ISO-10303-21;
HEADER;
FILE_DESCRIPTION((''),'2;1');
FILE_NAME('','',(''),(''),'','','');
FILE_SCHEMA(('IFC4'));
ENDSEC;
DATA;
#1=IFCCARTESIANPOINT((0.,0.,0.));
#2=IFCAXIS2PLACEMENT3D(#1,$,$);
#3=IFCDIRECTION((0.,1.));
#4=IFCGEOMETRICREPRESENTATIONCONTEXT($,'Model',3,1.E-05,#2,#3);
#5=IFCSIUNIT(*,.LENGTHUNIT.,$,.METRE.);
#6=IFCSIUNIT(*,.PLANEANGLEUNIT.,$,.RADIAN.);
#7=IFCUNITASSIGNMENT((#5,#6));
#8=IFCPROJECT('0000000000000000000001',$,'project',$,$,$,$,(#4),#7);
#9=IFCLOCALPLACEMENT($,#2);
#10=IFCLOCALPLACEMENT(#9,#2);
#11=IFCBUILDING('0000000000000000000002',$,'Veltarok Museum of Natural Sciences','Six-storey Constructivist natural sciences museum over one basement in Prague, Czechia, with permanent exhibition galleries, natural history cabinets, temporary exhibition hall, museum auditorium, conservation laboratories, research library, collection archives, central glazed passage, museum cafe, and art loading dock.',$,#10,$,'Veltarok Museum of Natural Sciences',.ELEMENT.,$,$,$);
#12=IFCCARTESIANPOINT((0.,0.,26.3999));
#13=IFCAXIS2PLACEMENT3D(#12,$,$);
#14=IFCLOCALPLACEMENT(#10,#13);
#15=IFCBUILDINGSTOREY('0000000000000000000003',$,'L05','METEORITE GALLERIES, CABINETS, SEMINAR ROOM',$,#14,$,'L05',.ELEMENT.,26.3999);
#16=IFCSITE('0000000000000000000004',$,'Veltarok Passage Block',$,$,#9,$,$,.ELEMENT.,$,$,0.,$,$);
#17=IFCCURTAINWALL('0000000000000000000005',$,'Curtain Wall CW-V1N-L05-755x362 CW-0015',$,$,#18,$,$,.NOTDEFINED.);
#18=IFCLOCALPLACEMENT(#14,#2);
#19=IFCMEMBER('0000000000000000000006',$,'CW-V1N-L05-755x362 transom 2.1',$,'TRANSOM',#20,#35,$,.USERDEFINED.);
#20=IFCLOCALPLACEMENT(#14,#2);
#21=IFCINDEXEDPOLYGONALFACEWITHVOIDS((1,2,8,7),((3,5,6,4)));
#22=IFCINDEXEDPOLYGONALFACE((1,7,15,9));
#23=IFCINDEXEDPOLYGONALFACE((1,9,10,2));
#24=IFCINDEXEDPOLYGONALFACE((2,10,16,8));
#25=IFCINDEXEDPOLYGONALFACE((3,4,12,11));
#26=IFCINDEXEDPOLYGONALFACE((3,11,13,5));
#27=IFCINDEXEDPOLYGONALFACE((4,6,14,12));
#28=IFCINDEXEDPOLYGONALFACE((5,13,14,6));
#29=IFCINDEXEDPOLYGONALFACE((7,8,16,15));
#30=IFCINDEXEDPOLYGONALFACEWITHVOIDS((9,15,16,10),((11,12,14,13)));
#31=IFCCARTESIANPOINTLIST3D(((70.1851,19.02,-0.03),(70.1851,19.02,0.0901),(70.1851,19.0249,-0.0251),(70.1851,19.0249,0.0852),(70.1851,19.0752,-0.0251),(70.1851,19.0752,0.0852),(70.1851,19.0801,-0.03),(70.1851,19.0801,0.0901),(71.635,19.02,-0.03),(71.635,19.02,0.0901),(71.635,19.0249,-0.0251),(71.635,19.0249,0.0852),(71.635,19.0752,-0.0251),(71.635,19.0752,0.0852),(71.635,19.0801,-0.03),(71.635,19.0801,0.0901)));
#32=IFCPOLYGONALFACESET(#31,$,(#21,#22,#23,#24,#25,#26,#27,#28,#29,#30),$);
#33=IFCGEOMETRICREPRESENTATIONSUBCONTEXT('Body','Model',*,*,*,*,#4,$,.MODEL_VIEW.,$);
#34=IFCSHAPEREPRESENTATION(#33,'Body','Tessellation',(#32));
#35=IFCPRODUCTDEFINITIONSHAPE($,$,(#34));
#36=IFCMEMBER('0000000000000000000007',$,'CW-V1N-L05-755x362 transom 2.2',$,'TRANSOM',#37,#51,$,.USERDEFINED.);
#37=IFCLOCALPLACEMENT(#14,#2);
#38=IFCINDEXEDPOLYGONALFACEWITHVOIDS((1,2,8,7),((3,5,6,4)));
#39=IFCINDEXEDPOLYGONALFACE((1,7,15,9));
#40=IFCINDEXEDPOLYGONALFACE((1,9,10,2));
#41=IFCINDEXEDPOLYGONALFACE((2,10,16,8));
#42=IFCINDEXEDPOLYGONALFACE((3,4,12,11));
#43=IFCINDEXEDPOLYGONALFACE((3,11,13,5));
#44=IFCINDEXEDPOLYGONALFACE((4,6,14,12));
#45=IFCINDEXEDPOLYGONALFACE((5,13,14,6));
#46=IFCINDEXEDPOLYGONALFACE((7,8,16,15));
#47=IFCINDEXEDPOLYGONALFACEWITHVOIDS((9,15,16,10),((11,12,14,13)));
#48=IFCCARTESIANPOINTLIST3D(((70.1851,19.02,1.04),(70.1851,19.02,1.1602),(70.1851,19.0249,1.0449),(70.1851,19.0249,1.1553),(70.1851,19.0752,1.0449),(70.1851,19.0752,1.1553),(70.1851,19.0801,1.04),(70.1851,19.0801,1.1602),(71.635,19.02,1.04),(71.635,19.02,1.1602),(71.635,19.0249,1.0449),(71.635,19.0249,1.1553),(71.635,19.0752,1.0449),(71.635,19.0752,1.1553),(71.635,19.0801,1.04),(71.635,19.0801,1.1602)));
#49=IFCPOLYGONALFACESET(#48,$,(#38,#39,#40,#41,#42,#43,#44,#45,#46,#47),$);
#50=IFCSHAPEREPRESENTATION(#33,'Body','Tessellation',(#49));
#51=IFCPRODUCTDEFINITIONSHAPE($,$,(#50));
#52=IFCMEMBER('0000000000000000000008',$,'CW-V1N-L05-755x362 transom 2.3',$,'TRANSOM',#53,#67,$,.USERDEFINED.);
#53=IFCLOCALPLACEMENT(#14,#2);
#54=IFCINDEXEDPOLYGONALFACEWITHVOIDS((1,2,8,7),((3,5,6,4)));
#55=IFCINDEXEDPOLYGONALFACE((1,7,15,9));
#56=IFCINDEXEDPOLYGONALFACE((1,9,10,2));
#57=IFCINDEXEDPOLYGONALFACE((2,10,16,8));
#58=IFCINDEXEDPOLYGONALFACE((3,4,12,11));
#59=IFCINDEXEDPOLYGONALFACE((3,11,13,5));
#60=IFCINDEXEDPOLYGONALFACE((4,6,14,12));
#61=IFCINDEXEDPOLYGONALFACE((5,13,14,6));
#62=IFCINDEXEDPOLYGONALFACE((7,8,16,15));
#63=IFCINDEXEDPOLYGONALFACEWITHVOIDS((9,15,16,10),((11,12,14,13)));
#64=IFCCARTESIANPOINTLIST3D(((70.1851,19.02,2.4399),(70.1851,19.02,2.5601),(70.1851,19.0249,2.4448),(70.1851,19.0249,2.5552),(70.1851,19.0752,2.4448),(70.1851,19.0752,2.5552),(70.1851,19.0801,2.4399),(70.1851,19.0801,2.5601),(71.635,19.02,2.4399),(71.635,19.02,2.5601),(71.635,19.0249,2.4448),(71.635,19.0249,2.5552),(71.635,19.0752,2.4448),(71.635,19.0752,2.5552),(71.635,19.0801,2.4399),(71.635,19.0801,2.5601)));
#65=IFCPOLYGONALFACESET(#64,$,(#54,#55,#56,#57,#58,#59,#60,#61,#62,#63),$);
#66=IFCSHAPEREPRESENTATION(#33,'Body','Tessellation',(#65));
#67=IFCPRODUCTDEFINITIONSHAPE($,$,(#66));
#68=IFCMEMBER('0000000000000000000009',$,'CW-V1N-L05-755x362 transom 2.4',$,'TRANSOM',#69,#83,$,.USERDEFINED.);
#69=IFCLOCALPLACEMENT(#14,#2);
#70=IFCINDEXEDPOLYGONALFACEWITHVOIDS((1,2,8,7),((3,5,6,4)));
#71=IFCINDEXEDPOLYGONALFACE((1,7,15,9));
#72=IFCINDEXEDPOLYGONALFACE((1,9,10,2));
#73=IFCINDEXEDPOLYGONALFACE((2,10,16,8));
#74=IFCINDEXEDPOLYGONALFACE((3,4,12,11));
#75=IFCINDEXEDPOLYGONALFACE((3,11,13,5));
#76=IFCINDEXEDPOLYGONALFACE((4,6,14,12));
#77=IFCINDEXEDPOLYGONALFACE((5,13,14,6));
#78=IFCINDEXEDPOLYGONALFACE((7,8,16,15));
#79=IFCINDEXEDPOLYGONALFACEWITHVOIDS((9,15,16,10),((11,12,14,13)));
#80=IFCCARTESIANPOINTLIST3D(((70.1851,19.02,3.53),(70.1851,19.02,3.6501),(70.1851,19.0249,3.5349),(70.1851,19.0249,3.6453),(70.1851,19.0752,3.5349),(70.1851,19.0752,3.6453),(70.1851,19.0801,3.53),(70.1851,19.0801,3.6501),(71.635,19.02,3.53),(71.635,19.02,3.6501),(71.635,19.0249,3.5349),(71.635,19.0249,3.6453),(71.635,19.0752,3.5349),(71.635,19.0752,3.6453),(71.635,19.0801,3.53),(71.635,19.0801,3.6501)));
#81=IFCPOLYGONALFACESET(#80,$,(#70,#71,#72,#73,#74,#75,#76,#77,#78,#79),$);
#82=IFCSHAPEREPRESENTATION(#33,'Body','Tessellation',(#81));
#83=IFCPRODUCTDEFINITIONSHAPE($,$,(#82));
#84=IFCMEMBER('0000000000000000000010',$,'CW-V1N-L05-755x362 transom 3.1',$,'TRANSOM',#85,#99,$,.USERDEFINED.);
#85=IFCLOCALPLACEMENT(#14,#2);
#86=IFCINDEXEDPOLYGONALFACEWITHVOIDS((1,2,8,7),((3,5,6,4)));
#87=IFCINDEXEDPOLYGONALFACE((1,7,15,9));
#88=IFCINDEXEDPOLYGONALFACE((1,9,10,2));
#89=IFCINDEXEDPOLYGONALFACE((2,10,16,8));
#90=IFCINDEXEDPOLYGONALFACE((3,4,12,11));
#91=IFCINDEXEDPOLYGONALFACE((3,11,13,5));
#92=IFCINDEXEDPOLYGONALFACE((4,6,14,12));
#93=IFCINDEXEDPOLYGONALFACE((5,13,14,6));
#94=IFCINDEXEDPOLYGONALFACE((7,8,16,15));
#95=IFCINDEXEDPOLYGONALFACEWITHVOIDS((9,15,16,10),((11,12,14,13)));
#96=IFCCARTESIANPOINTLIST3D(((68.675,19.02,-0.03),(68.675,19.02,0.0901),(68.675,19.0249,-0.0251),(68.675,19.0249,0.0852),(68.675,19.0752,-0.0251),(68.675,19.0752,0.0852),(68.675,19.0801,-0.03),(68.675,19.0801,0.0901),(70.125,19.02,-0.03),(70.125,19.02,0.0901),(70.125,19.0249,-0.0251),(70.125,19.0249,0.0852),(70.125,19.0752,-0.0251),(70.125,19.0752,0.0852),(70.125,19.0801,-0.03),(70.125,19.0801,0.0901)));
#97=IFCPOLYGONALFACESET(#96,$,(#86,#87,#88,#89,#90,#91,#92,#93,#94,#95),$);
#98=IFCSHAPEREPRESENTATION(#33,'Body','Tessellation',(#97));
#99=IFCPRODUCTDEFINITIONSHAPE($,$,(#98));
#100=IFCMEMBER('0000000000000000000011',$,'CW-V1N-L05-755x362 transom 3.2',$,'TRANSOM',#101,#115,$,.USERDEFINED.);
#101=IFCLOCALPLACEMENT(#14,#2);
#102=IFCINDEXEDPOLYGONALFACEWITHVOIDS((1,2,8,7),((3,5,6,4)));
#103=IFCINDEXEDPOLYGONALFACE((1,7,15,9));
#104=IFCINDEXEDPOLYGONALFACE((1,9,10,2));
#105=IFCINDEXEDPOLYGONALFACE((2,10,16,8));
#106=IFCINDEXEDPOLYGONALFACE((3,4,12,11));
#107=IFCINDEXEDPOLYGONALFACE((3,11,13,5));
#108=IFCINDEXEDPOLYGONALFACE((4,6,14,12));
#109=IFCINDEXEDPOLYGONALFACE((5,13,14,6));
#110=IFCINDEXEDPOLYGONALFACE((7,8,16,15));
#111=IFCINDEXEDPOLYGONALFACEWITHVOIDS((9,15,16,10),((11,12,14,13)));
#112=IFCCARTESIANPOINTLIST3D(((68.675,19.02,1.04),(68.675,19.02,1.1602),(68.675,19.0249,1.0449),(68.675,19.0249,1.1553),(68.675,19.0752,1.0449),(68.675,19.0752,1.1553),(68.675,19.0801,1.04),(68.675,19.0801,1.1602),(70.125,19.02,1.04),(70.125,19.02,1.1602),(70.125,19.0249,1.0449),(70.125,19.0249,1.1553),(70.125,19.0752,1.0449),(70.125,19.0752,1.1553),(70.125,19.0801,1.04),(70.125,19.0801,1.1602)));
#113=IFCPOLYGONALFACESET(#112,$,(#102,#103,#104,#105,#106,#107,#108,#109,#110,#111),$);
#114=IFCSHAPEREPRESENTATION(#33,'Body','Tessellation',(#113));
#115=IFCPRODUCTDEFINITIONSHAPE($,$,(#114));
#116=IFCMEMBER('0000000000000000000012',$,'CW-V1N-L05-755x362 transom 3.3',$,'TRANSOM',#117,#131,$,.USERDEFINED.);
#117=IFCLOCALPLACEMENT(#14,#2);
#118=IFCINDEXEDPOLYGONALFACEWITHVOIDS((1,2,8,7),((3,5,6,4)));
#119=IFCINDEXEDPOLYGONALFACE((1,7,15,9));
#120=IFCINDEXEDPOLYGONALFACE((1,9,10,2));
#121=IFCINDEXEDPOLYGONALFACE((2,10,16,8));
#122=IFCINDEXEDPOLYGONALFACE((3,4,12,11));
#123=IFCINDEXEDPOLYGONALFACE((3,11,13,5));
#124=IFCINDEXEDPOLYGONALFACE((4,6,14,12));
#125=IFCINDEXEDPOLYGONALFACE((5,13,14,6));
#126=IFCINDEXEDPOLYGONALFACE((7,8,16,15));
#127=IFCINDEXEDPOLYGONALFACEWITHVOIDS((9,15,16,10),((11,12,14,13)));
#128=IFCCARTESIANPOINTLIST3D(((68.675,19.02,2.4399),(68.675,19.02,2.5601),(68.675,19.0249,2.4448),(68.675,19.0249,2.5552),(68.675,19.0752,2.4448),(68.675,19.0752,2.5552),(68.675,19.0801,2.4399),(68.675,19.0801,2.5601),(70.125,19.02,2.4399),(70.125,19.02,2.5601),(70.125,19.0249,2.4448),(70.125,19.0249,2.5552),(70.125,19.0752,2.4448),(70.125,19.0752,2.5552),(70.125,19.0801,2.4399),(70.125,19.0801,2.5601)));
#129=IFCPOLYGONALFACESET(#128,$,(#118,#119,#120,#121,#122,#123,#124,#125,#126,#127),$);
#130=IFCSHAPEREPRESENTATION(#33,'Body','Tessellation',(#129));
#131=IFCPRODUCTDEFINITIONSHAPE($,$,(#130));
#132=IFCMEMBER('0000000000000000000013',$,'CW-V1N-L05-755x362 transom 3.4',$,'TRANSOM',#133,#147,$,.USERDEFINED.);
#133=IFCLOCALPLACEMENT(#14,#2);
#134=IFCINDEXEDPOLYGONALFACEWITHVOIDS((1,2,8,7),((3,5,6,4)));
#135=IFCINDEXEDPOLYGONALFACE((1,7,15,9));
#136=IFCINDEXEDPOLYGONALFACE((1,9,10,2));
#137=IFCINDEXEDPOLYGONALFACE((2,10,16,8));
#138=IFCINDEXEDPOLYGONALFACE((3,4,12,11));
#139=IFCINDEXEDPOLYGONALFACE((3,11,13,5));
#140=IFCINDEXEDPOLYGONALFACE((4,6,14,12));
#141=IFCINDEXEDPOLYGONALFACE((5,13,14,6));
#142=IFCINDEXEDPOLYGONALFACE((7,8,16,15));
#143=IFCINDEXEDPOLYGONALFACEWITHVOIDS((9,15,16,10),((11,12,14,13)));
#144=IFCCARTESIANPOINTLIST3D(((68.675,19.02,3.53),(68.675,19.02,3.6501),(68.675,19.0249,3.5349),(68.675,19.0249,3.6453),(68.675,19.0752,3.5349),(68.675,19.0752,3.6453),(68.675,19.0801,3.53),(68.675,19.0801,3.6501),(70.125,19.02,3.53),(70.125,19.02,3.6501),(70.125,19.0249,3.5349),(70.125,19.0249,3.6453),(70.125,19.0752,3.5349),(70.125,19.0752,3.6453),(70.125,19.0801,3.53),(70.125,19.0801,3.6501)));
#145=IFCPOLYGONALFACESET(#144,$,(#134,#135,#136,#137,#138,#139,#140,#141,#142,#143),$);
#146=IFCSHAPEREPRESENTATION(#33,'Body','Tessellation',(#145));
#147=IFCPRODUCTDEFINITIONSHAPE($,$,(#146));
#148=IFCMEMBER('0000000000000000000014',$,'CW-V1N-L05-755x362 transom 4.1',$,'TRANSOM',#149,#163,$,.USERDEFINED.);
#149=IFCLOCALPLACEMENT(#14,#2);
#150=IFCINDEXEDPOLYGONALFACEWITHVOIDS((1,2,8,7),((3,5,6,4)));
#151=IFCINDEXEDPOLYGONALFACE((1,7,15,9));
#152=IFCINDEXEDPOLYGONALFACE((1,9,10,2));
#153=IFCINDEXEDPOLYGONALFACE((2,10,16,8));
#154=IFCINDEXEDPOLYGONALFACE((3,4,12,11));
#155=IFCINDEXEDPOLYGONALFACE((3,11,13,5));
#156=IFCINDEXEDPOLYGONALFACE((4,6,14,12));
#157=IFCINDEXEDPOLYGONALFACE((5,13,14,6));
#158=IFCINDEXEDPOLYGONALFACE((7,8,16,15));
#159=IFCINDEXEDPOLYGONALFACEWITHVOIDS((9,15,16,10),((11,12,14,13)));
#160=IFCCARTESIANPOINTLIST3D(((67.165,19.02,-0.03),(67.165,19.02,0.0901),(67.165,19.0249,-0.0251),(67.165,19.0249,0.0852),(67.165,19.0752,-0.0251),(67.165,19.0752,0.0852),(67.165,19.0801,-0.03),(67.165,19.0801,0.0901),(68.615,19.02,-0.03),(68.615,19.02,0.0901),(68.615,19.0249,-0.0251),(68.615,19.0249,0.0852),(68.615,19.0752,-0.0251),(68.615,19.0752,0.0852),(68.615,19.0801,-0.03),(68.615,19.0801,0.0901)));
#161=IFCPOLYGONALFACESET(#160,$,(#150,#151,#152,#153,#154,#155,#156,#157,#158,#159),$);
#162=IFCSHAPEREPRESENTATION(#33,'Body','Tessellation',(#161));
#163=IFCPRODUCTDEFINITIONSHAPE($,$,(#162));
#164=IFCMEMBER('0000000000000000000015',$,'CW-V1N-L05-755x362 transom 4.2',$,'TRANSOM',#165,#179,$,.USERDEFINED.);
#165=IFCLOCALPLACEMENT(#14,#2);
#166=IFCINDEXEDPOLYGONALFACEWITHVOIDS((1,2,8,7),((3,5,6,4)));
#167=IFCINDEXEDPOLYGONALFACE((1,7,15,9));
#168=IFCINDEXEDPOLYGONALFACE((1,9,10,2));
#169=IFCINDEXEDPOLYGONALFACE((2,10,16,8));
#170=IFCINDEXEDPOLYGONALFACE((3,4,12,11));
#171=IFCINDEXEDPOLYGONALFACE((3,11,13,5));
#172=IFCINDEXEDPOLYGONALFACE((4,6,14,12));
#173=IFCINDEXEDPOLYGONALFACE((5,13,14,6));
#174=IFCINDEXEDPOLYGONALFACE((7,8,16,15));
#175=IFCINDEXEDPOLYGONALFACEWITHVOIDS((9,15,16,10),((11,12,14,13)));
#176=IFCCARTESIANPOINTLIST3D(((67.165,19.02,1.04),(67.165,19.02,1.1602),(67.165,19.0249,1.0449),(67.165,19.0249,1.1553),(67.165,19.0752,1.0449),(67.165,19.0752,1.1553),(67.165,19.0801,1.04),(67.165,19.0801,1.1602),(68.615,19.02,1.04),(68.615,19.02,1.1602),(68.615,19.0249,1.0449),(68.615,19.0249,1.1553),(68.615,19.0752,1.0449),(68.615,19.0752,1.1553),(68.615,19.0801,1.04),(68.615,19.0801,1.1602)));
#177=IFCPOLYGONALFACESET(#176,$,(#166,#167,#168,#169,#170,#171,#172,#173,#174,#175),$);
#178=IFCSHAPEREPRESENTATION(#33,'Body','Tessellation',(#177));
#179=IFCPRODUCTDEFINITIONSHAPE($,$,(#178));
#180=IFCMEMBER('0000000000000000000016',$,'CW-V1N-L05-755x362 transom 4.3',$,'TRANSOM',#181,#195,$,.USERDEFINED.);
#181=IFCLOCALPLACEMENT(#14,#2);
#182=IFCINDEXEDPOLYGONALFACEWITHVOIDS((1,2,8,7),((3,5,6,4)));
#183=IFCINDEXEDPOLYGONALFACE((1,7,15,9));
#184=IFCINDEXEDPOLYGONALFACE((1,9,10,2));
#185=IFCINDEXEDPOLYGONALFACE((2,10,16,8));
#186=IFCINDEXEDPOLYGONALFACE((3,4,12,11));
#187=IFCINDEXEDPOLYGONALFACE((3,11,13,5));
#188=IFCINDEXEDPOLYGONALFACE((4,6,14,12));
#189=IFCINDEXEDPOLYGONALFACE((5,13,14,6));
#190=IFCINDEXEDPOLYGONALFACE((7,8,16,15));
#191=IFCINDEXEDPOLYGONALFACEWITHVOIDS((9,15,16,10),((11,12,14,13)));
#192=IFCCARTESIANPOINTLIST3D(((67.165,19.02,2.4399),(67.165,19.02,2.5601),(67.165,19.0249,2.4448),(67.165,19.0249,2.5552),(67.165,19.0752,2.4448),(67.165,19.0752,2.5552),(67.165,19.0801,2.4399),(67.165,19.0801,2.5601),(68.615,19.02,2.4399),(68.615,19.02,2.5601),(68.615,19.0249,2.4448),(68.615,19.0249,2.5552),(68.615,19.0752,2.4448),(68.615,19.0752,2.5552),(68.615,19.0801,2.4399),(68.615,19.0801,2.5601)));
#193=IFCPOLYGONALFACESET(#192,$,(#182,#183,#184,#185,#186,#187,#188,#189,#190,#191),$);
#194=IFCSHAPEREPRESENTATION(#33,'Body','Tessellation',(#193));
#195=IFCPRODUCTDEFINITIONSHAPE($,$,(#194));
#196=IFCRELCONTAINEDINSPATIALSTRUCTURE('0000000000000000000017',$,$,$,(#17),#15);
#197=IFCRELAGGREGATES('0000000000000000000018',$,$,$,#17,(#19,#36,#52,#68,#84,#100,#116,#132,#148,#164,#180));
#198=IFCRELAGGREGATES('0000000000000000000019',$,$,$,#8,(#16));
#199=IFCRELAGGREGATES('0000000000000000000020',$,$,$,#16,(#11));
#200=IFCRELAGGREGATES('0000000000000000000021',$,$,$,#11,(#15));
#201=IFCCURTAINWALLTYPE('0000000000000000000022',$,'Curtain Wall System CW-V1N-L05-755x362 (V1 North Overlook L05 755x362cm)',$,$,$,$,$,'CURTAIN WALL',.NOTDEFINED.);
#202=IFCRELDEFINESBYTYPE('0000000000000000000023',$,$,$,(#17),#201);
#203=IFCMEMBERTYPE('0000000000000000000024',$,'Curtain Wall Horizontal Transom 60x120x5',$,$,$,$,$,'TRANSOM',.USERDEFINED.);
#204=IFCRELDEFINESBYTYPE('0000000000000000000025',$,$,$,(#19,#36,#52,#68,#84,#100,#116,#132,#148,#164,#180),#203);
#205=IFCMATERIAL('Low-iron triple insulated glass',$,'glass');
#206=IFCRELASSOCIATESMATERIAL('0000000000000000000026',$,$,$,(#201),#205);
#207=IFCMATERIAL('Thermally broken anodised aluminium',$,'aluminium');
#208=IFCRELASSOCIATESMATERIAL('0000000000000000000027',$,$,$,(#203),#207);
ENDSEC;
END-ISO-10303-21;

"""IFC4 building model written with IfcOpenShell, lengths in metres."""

from ifc_helpers import new_model, si_unit, direction, frame, origin, origin_2d, place, context, subcontext, project, spatial, hollow_rectangle, extrude, material, material_profile, profile_set, type_object, element, aggregate, save


model = new_model("IFC4")

# Units and contexts
model_context = context("Model", 3, precision=1e-05, world=origin(), true_north=direction((0.0, 1.0)))
body_context = subcontext(model_context, "Body", "Model", "MODEL_VIEW")
ifc_project = project(units=[si_unit("LENGTHUNIT", "METRE"), si_unit("PLANEANGLEUNIT", "RADIAN")], contexts=[model_context])

# Site, building, storey
site_placement = place(None, origin())
site = spatial("IfcSite", under=ifc_project, at=site_placement, Name="Veltarok Passage Block", CompositionType="ELEMENT", RefElevation=0.0)
building_placement = place(site_placement, origin())
building = spatial("IfcBuilding", under=site, at=building_placement, Name="Veltarok Museum of Natural Sciences", Description="Six-storey Constructivist natural sciences museum over one basement in Prague, Czechia, with permanent exhibition galleries, natural history cabinets, temporary exhibition hall, museum auditorium, conservation laboratories, research library, collection archives, central glazed passage, museum cafe, and art loading dock.", LongName="Veltarok Museum of Natural Sciences", CompositionType="ELEMENT")
storey_placement = place(building_placement, frame((0.0, 0.0, 26.3999)))
storey = spatial("IfcBuildingStorey", under=building, at=storey_placement, Name="L05", Description="METEORITE GALLERIES, CABINETS, SEMINAR ROOM", LongName="L05", CompositionType="ELEMENT", Elevation=26.3999)

# Curtain wall, members
ifc_material_1 = material(Name="Low-iron triple insulated glass", Category="glass")
curtain_wall_type = type_object("IfcCurtainWallType", Name="Curtain Wall System CW-V1N-L05-755x362 (V1 North Overlook L05 755x362cm)", ElementType="CURTAIN WALL", PredefinedType="NOTDEFINED", material=ifc_material_1)
curtain_wall_placement = place(storey_placement, origin())
curtain_wall = element("IfcCurtainWall", 1, at=curtain_wall_placement, inside=storey, type_object=curtain_wall_type, Name="Curtain Wall CW-V1N-L05-755x362 CW-0015", PredefinedType="NOTDEFINED")
ifc_material_2 = material(Name="Thermally broken anodised aluminium", Category="aluminium")
ifc_material_profile_1 = material_profile(ifc_material_2, hollow_rectangle(XDim=0.0601, YDim=0.1201, WallThickness=0.0049, at=origin_2d()), Name="CW TRANSOM 60x120x5")
ifc_profile_set_1 = profile_set([ifc_material_profile_1], Name="Thermally broken anodised aluminium")
member_type_1 = type_object("IfcMemberType", Name="Curtain Wall Horizontal Transom 60x120x5", ElementType="TRANSOM", PredefinedType="USERDEFINED", material=ifc_profile_set_1)
member_1_placement = place(storey_placement, frame((71.635, 19.05, 0.03), z_axis=(-1.0, 0.0, 0.0), x_axis=(0.0, -1.0, 0.0)))
member_1 = element("IfcMember", 2, at=member_1_placement, type_object=member_type_1, Name="CW-V1N-L05-755x362 transom 2.1", ObjectType="TRANSOM", PredefinedType="USERDEFINED", context=body_context, shape_type="SweptSolid", body=[
    extrude(hollow_rectangle(XDim=0.0601, YDim=0.1201, WallThickness=0.0049, at=origin_2d()), origin(), (0.0, 0.0, 1.0), 1.45),
])
member_2_placement = place(storey_placement, frame((71.635, 19.05, 1.1001), z_axis=(-1.0, 0.0, 0.0), x_axis=(0.0, -1.0, 0.0)))
member_2 = element("IfcMember", 3, at=member_2_placement, type_object=member_type_1, Name="CW-V1N-L05-755x362 transom 2.2", ObjectType="TRANSOM", PredefinedType="USERDEFINED", context=body_context, shape_type="SweptSolid", body=[
    extrude(hollow_rectangle(XDim=0.0601, YDim=0.1201, WallThickness=0.0049, at=origin_2d()), origin(), (0.0, 0.0, 1.0), 1.45),
])
member_3_placement = place(storey_placement, frame((71.635, 19.05, 2.5), z_axis=(-1.0, 0.0, 0.0), x_axis=(0.0, -1.0, 0.0)))
member_3 = element("IfcMember", 4, at=member_3_placement, type_object=member_type_1, Name="CW-V1N-L05-755x362 transom 2.3", ObjectType="TRANSOM", PredefinedType="USERDEFINED", context=body_context, shape_type="SweptSolid", body=[
    extrude(hollow_rectangle(XDim=0.0601, YDim=0.1201, WallThickness=0.0049, at=origin_2d()), origin(), (0.0, 0.0, 1.0), 1.45),
])
member_4_placement = place(storey_placement, frame((71.635, 19.05, 3.5901), z_axis=(-1.0, 0.0, 0.0), x_axis=(0.0, -1.0, 0.0)))
member_4 = element("IfcMember", 5, at=member_4_placement, type_object=member_type_1, Name="CW-V1N-L05-755x362 transom 2.4", ObjectType="TRANSOM", PredefinedType="USERDEFINED", context=body_context, shape_type="SweptSolid", body=[
    extrude(hollow_rectangle(XDim=0.0601, YDim=0.1201, WallThickness=0.0049, at=origin_2d()), origin(), (0.0, 0.0, 1.0), 1.45),
])
member_5_placement = place(storey_placement, frame((70.125, 19.05, 0.03), z_axis=(-1.0, 0.0, 0.0), x_axis=(0.0, -1.0, 0.0)))
member_5 = element("IfcMember", 6, at=member_5_placement, type_object=member_type_1, Name="CW-V1N-L05-755x362 transom 3.1", ObjectType="TRANSOM", PredefinedType="USERDEFINED", context=body_context, shape_type="SweptSolid", body=[
    extrude(hollow_rectangle(XDim=0.0601, YDim=0.1201, WallThickness=0.0049, at=origin_2d()), origin(), (0.0, 0.0, 1.0), 1.45),
])
member_6_placement = place(storey_placement, frame((70.125, 19.05, 1.1001), z_axis=(-1.0, 0.0, 0.0), x_axis=(0.0, -1.0, 0.0)))
member_6 = element("IfcMember", 7, at=member_6_placement, type_object=member_type_1, Name="CW-V1N-L05-755x362 transom 3.2", ObjectType="TRANSOM", PredefinedType="USERDEFINED", context=body_context, shape_type="SweptSolid", body=[
    extrude(hollow_rectangle(XDim=0.0601, YDim=0.1201, WallThickness=0.0049, at=origin_2d()), origin(), (0.0, 0.0, 1.0), 1.45),
])
member_7_placement = place(storey_placement, frame((70.125, 19.05, 2.5), z_axis=(-1.0, 0.0, 0.0), x_axis=(0.0, -1.0, 0.0)))
member_7 = element("IfcMember", 8, at=member_7_placement, type_object=member_type_1, Name="CW-V1N-L05-755x362 transom 3.3", ObjectType="TRANSOM", PredefinedType="USERDEFINED", context=body_context, shape_type="SweptSolid", body=[
    extrude(hollow_rectangle(XDim=0.0601, YDim=0.1201, WallThickness=0.0049, at=origin_2d()), origin(), (0.0, 0.0, 1.0), 1.45),
])
member_8_placement = place(storey_placement, frame((70.125, 19.05, 3.5901), z_axis=(-1.0, 0.0, 0.0), x_axis=(0.0, -1.0, 0.0)))
member_8 = element("IfcMember", 9, at=member_8_placement, type_object=member_type_1, Name="CW-V1N-L05-755x362 transom 3.4", ObjectType="TRANSOM", PredefinedType="USERDEFINED", context=body_context, shape_type="SweptSolid", body=[
    extrude(hollow_rectangle(XDim=0.0601, YDim=0.1201, WallThickness=0.0049, at=origin_2d()), origin(), (0.0, 0.0, 1.0), 1.45),
])
member_9_placement = place(storey_placement, frame((68.615, 19.05, 0.03), z_axis=(-1.0, 0.0, 0.0), x_axis=(0.0, -1.0, 0.0)))
member_9 = element("IfcMember", 10, at=member_9_placement, type_object=member_type_1, Name="CW-V1N-L05-755x362 transom 4.1", ObjectType="TRANSOM", PredefinedType="USERDEFINED", context=body_context, shape_type="SweptSolid", body=[
    extrude(hollow_rectangle(XDim=0.0601, YDim=0.1201, WallThickness=0.0049, at=origin_2d()), origin(), (0.0, 0.0, 1.0), 1.45),
])
member_10_placement = place(storey_placement, frame((68.615, 19.05, 1.1001), z_axis=(-1.0, 0.0, 0.0), x_axis=(0.0, -1.0, 0.0)))
member_10 = element("IfcMember", 11, at=member_10_placement, type_object=member_type_1, Name="CW-V1N-L05-755x362 transom 4.2", ObjectType="TRANSOM", PredefinedType="USERDEFINED", context=body_context, shape_type="SweptSolid", body=[
    extrude(hollow_rectangle(XDim=0.0601, YDim=0.1201, WallThickness=0.0049, at=origin_2d()), origin(), (0.0, 0.0, 1.0), 1.45),
])
member_11_placement = place(storey_placement, frame((68.615, 19.05, 2.5), z_axis=(-1.0, 0.0, 0.0), x_axis=(0.0, -1.0, 0.0)))
member_11 = element("IfcMember", 12, at=member_11_placement, type_object=member_type_1, Name="CW-V1N-L05-755x362 transom 4.3", ObjectType="TRANSOM", PredefinedType="USERDEFINED", context=body_context, shape_type="SweptSolid", body=[
    extrude(hollow_rectangle(XDim=0.0601, YDim=0.1201, WallThickness=0.0049, at=origin_2d()), origin(), (0.0, 0.0, 1.0), 1.45),
])
aggregate(curtain_wall, [member_1, member_2, member_3, member_4, member_5, member_6, member_7, member_8, member_9, member_10, member_11])

save(model, "model.ifc")
